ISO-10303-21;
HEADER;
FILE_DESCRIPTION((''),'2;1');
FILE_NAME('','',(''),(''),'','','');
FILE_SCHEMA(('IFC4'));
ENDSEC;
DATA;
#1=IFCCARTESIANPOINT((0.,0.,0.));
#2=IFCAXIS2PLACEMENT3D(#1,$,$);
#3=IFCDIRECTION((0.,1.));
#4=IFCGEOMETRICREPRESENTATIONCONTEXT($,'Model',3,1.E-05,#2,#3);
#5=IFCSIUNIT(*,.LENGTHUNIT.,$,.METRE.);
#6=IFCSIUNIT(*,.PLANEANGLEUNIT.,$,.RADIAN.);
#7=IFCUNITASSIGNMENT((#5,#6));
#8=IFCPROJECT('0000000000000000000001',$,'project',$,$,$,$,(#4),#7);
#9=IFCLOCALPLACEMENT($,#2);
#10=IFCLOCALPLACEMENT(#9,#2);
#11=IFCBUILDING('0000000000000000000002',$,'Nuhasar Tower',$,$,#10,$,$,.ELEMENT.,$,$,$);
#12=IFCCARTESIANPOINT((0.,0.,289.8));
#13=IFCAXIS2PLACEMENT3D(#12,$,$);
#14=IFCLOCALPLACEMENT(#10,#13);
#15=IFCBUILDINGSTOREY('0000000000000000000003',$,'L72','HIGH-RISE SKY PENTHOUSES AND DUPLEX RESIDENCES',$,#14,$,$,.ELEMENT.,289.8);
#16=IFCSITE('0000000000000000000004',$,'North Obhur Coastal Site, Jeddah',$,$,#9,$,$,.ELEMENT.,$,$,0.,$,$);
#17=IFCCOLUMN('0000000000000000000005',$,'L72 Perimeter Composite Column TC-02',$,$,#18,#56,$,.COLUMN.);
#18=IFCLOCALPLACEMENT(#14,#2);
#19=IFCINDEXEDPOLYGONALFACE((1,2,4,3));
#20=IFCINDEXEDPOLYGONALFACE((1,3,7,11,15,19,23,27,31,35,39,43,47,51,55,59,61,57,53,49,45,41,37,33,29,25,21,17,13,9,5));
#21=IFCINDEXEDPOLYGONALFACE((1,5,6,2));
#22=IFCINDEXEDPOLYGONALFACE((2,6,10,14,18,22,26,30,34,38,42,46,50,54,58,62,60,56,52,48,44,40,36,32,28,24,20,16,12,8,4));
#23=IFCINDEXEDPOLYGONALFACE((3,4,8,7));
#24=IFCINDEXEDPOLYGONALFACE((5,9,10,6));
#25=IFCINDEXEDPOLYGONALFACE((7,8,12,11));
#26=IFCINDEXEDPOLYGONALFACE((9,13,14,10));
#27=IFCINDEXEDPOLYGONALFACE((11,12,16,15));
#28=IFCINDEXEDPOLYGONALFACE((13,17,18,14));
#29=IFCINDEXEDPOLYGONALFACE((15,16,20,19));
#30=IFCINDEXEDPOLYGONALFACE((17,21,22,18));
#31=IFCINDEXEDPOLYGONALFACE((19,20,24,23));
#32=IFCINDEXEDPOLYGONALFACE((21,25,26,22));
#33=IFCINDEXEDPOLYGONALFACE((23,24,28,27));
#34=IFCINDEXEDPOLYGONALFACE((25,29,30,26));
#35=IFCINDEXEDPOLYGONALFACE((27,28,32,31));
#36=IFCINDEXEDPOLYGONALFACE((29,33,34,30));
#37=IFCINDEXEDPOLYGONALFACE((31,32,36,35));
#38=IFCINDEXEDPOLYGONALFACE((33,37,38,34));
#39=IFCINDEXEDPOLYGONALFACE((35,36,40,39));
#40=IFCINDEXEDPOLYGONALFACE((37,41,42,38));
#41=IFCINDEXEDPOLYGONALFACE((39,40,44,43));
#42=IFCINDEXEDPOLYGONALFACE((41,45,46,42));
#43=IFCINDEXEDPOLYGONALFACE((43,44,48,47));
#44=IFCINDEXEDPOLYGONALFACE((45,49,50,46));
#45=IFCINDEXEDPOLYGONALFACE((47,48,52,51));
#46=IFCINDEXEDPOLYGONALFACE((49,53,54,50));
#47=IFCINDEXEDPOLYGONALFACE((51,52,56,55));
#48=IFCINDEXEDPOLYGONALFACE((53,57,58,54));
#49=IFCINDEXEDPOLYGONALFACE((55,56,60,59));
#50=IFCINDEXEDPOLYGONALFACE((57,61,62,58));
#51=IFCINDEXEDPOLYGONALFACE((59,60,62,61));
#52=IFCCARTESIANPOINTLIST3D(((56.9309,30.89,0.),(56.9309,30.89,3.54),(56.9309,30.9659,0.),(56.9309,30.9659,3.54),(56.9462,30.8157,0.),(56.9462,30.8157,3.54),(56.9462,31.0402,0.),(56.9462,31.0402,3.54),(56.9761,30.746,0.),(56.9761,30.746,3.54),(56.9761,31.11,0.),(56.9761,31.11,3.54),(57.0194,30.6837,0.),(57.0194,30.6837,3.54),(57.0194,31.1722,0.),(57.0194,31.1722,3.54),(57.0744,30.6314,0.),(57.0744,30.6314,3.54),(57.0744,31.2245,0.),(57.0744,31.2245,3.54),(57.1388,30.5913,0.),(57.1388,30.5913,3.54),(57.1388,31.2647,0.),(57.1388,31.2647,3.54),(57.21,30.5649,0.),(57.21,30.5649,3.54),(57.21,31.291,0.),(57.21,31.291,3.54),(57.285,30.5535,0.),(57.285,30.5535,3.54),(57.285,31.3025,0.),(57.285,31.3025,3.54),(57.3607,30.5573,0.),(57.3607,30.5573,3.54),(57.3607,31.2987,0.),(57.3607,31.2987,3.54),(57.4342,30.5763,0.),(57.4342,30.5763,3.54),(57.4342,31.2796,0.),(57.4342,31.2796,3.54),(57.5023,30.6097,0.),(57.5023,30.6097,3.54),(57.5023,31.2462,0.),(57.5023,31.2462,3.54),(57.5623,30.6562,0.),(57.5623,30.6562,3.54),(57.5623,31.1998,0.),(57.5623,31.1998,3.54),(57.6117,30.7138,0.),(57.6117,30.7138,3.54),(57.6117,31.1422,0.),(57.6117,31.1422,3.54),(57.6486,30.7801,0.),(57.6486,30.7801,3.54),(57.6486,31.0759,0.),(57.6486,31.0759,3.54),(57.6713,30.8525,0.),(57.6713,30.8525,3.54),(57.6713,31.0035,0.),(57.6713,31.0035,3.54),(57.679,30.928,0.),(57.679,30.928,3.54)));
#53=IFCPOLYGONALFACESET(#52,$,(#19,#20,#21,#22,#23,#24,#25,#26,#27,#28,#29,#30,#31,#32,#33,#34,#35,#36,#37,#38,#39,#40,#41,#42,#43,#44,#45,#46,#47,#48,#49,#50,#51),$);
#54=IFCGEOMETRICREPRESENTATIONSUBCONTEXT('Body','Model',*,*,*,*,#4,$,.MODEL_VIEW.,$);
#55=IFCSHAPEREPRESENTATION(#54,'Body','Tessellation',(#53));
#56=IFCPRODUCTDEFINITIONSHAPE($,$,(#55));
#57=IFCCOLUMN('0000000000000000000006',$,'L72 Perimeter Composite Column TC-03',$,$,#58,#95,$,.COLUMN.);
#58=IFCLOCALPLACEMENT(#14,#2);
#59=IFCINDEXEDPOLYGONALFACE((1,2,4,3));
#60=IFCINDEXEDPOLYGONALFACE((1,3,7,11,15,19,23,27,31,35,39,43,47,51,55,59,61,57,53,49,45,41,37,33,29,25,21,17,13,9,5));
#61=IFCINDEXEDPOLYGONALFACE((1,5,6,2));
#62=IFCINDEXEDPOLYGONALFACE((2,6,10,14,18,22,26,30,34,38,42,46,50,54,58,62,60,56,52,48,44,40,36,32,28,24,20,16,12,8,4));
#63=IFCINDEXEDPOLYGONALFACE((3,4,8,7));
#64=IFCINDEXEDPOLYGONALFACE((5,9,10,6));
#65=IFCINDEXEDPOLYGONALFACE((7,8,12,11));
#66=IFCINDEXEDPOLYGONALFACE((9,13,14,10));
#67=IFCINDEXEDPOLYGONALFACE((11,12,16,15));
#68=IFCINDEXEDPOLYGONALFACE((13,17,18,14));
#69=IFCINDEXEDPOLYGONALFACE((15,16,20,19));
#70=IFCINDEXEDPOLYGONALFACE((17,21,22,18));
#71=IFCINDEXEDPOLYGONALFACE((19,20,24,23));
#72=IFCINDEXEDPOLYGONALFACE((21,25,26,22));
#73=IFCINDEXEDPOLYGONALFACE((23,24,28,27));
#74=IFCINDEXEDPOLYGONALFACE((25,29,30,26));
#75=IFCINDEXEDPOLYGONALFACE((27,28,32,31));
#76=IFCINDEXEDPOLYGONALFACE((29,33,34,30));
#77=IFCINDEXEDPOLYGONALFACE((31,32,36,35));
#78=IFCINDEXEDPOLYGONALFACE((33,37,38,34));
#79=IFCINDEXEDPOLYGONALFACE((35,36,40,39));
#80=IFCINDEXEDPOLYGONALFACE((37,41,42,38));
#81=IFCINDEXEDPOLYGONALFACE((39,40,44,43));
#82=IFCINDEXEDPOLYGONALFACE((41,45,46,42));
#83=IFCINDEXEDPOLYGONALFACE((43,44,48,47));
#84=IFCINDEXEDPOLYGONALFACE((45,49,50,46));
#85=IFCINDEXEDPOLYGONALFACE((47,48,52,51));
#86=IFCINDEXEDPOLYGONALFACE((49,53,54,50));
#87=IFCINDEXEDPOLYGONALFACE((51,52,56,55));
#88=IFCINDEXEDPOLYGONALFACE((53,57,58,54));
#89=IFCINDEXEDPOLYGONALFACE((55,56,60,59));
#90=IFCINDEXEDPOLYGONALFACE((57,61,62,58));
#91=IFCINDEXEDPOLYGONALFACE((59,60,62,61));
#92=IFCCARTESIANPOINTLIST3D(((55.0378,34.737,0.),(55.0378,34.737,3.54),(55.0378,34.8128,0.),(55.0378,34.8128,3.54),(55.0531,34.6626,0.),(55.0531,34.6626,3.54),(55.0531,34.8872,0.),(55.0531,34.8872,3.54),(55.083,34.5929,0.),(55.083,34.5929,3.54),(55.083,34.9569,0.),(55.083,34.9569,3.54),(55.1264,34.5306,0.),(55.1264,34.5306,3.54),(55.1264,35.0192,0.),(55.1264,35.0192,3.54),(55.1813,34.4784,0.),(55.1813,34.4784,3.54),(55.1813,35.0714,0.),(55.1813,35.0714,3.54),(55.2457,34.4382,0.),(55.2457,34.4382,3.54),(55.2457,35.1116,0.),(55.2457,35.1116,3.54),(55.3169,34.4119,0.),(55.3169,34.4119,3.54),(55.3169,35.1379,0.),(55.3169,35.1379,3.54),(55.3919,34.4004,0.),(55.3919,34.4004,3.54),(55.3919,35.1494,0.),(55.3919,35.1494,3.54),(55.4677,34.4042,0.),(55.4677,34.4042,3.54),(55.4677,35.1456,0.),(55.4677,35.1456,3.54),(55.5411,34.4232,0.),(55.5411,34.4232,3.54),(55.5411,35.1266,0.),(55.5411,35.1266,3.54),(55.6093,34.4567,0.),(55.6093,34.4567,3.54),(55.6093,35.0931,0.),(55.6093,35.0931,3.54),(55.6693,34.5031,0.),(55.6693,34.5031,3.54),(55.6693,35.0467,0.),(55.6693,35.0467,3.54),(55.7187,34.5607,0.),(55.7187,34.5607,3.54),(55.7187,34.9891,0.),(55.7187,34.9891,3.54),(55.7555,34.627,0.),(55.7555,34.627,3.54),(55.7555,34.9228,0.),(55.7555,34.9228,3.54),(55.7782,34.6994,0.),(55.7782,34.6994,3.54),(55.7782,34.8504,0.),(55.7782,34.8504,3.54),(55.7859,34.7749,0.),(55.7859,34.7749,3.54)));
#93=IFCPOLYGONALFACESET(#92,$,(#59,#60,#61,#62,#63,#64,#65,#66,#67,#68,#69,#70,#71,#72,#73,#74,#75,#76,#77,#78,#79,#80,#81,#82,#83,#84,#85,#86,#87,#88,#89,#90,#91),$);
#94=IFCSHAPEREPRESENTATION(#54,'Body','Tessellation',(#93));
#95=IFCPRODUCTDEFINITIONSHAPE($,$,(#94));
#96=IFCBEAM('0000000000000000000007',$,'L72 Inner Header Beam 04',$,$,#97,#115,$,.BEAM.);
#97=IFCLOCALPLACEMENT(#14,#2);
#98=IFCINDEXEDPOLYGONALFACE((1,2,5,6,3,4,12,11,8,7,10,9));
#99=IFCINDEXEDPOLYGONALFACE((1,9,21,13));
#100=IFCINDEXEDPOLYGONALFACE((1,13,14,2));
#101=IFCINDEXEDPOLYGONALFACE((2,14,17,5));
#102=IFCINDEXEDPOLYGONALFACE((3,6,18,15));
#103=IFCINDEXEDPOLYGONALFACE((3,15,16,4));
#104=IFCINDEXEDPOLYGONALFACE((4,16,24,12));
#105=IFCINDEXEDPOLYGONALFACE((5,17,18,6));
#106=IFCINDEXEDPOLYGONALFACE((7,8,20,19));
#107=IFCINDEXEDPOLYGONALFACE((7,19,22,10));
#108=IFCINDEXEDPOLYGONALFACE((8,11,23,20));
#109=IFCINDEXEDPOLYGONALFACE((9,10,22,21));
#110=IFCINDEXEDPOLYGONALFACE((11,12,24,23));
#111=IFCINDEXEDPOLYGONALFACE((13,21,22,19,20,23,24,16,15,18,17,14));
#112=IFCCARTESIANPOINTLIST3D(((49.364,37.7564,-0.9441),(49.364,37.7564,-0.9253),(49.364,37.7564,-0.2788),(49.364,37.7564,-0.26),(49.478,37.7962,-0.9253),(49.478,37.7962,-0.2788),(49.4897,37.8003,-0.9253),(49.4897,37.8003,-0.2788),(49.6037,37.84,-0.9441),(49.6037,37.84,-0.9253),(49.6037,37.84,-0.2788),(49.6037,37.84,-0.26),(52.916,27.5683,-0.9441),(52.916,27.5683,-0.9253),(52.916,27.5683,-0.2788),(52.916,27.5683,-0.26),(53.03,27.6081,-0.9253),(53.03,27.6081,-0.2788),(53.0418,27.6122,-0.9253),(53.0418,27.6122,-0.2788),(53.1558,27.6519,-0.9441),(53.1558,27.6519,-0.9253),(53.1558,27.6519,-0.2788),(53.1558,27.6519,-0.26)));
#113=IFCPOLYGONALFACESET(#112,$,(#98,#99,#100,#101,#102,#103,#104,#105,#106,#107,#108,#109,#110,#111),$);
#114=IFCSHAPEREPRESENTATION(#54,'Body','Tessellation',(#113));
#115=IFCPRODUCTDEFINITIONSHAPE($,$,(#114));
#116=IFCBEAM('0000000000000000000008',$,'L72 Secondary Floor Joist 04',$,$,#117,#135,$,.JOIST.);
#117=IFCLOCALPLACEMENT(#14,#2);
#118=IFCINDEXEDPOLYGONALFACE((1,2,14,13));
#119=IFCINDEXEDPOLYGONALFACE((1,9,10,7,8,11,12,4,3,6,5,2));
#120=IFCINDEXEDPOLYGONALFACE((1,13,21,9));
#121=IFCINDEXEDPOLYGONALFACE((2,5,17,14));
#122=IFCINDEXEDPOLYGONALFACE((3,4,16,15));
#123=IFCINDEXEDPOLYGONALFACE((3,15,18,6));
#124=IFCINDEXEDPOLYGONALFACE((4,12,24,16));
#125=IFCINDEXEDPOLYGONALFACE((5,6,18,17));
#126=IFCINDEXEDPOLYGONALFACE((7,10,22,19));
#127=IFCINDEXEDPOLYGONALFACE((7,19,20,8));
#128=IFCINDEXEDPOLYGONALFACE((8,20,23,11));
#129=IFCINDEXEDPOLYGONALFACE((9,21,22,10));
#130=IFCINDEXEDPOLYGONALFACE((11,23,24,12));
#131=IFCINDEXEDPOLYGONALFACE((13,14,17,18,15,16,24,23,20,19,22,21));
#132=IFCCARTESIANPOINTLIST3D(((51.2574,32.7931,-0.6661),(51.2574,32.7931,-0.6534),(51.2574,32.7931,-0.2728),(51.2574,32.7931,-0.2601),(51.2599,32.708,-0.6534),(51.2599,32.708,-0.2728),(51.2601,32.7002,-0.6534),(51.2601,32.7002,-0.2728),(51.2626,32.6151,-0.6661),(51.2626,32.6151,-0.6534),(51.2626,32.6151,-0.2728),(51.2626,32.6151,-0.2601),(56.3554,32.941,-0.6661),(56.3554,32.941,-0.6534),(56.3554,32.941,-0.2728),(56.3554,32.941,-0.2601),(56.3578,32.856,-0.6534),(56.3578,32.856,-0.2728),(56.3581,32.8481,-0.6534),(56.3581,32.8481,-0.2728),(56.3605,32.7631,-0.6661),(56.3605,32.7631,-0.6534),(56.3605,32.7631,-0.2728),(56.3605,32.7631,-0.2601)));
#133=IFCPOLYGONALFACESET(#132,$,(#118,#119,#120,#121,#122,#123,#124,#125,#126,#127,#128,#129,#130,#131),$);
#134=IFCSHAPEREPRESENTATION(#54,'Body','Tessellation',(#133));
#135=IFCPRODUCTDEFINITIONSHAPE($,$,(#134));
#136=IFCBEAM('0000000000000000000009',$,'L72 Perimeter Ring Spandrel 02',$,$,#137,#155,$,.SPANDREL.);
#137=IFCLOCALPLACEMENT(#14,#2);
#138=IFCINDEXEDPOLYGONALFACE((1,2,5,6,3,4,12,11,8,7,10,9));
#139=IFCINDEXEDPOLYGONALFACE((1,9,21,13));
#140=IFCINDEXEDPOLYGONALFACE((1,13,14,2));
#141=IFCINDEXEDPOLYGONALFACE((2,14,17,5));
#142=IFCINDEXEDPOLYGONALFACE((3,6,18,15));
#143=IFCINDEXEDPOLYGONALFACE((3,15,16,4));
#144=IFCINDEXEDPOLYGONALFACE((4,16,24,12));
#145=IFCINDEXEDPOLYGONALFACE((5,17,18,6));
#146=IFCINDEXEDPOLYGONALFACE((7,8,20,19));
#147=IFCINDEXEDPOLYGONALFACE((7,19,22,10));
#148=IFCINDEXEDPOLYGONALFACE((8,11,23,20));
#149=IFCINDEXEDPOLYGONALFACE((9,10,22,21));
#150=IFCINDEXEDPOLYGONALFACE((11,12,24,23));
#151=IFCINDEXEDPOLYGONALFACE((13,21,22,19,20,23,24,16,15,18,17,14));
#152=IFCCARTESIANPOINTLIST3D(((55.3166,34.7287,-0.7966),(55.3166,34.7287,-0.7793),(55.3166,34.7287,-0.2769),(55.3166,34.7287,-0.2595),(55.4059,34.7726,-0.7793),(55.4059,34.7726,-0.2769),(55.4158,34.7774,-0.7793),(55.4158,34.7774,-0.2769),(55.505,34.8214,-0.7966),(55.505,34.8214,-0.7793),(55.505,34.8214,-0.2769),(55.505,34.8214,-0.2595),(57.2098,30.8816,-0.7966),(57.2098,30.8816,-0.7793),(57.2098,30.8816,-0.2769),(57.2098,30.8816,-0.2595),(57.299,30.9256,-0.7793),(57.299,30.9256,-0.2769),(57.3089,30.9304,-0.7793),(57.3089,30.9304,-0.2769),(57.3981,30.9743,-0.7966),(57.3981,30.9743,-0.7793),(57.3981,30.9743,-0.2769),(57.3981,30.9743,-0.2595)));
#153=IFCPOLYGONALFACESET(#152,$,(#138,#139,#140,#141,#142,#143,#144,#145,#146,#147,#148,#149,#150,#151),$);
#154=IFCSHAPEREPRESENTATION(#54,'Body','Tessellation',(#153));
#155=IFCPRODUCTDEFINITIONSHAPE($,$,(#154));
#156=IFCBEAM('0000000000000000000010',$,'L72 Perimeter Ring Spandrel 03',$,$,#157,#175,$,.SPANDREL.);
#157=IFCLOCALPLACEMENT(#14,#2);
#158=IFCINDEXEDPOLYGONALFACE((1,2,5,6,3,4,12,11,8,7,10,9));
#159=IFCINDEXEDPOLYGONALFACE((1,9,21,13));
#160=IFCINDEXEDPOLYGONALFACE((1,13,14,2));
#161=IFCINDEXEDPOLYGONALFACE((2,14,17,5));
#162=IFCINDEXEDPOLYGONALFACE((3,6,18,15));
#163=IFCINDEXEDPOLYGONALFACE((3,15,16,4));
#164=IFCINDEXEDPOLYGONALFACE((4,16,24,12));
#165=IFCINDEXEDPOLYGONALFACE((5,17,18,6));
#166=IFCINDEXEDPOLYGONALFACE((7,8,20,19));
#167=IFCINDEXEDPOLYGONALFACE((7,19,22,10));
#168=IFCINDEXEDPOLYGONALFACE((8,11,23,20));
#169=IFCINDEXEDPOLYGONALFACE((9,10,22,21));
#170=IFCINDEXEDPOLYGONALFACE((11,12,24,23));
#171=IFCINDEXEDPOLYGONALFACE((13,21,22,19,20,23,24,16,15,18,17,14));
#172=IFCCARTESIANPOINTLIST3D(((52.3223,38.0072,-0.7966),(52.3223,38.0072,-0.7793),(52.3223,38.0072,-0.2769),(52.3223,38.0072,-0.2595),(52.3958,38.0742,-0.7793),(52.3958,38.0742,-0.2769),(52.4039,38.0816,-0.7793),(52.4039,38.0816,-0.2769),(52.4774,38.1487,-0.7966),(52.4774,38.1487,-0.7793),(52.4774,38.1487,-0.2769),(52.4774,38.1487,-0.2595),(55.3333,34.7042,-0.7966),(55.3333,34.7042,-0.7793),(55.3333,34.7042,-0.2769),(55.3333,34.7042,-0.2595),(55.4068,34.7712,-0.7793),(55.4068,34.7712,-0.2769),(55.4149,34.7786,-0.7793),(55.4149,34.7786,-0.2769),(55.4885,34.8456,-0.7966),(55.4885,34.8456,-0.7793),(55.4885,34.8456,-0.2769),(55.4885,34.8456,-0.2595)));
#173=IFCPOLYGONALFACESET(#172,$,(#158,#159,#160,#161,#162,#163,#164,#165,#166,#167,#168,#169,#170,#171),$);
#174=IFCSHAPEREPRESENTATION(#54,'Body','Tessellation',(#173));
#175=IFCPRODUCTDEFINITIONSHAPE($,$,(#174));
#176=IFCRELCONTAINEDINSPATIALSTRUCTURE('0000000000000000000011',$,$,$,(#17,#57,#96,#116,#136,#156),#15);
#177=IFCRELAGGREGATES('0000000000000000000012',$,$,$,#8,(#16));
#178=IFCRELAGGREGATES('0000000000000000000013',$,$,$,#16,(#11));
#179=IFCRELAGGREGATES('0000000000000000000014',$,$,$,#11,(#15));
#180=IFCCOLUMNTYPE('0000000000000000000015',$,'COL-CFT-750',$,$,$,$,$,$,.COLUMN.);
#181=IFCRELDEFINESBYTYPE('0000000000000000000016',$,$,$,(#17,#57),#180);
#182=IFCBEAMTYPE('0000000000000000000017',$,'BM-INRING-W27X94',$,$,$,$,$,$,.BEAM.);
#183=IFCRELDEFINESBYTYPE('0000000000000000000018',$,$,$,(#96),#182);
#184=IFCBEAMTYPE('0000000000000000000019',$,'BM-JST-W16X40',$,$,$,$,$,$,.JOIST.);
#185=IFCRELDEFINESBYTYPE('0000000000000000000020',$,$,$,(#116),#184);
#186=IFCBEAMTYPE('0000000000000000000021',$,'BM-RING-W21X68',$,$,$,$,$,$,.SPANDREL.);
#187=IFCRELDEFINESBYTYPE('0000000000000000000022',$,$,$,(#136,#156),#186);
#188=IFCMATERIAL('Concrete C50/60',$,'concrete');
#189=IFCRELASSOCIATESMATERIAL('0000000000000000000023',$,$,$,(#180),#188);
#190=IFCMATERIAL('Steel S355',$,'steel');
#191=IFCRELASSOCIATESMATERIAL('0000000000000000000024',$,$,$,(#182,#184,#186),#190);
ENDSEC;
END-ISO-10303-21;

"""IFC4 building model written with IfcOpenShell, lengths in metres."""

from ifc_helpers import new_model, si_unit, direction, frame, origin, origin_2d, place, context, subcontext, project, spatial, circle, i_section, extrude, material, material_profile, profile_set, type_object, element, save


model = new_model("IFC4")

# Units and contexts
model_context = context("Model", 3, precision=1e-05, world=origin(), true_north=direction((0.0, 1.0)))
body_context = subcontext(model_context, "Body", "Model", "MODEL_VIEW")
ifc_project = project(units=[si_unit("LENGTHUNIT", "METRE"), si_unit("PLANEANGLEUNIT", "RADIAN")], contexts=[model_context])

# Site, building, storey
site_placement = place(None, origin())
site = spatial("IfcSite", under=ifc_project, at=site_placement, Name="North Obhur Coastal Site, Jeddah", CompositionType="ELEMENT", RefElevation=0.0)
building_placement = place(site_placement, origin())
building = spatial("IfcBuilding", under=site, at=building_placement, Name="Nuhasar Tower", CompositionType="ELEMENT")
storey_placement = place(building_placement, frame((0.0, 0.0, 289.8)))
storey = spatial("IfcBuildingStorey", under=building, at=storey_placement, Name="L72", Description="HIGH-RISE SKY PENTHOUSES AND DUPLEX RESIDENCES", CompositionType="ELEMENT", Elevation=289.8)

# Columns
ifc_material_1 = material(Name="Concrete C50/60", Category="concrete")
ifc_material_profile_1 = material_profile(ifc_material_1, circle(Radius=0.375, at=origin_2d()), Name="CFT750")
ifc_profile_set_1 = profile_set([ifc_material_profile_1], Name="Concrete C50/60")
column_type = type_object("IfcColumnType", Name="COL-CFT-750", PredefinedType="COLUMN", material=ifc_profile_set_1)
for number, where, z_axis, x_axis, name in (
    (1, (57.304, 30.928, 0.0), (0.0, 0.0, 1.0), (1.0, 0.0, 0.0), "L72 Perimeter Composite Column TC-02"),
    (2, (55.4109, 34.7749, 0.0), (0.0, 0.0, 1.0), (1.0, 0.0, 0.0), "L72 Perimeter Composite Column TC-03"),
):
    element("IfcColumn", number, at=place(storey_placement, frame(where, z_axis=z_axis, x_axis=x_axis)), inside=storey, type_object=column_type, Name=name, PredefinedType="COLUMN", context=body_context, shape_type="SweptSolid", body=[
        extrude(circle(Radius=0.375, at=origin_2d()), origin(), (0.0, 0.0, 1.0), 3.54),
    ])

# Beams
ifc_material_2 = material(Name="Steel S355", Category="steel")
ifc_material_profile_2 = material_profile(ifc_material_2, i_section(OverallWidth=0.2539, OverallDepth=0.6841, WebThickness=0.0125, FlangeThickness=0.0188, at=origin_2d()), Name="W27X94")
ifc_profile_set_2 = profile_set([ifc_material_profile_2], Name="Steel S355")
beam_type_1 = type_object("IfcBeamType", Name="BM-INRING-W27X94", PredefinedType="BEAM", material=ifc_profile_set_2)
beam_1_placement = place(storey_placement, frame((53.0359, 27.6101, -0.6021), z_axis=(-0.329211, 0.944256, 0.0), x_axis=(-0.944256, -0.329211, 0.0)))
element("IfcBeam", 3, at=beam_1_placement, inside=storey, type_object=beam_type_1, Name="L72 Inner Header Beam 04", PredefinedType="BEAM", context=body_context, shape_type="SweptSolid", body=[
    extrude(i_section(OverallWidth=0.2539, OverallDepth=0.6841, WebThickness=0.0125, FlangeThickness=0.0188, at=origin_2d()), origin(), (0.0, 0.0, 1.0), 10.7896),
])
ifc_material_profile_3 = material_profile(ifc_material_2, i_section(OverallWidth=0.178, OverallDepth=0.406, WebThickness=0.0078, FlangeThickness=0.0127, at=origin_2d()), Name="W16X40")
ifc_profile_set_3 = profile_set([ifc_material_profile_3], Name="Steel S355")
beam_type_2 = type_object("IfcBeamType", Name="BM-JST-W16X40", PredefinedType="JOIST", material=ifc_profile_set_3)
beam_2_placement = place(storey_placement, frame((51.26, 32.7041, -0.4631), z_axis=(0.999579, 0.029009, 0.0), x_axis=(-0.029009, 0.999579, 0.0)))
element("IfcBeam", 4, at=beam_2_placement, inside=storey, type_object=beam_type_2, Name="L72 Secondary Floor Joist 04", PredefinedType="JOIST", context=body_context, shape_type="SweptSolid", body=[
    extrude(i_section(OverallWidth=0.178, OverallDepth=0.406, WebThickness=0.0078, FlangeThickness=0.0127, at=origin_2d()), origin(), (0.0, 0.0, 1.0), 5.1001),
])
ifc_material_profile_4 = material_profile(ifc_material_2, i_section(OverallWidth=0.21, OverallDepth=0.5371, WebThickness=0.011, FlangeThickness=0.0173, at=origin_2d()), Name="W21X68")
ifc_profile_set_4 = profile_set([ifc_material_profile_4], Name="Steel S355")
beam_type_3 = type_object("IfcBeamType", Name="BM-RING-W21X68", PredefinedType="SPANDREL", material=ifc_profile_set_4)
beam_3_placement = place(storey_placement, frame((57.304, 30.928, -0.5281), z_axis=(-0.441533, 0.897245, 0.0), x_axis=(-0.897245, -0.441533, 0.0)))
element("IfcBeam", 5, at=beam_3_placement, inside=storey, type_object=beam_type_3, Name="L72 Perimeter Ring Spandrel 02", PredefinedType="SPANDREL", context=body_context, shape_type="SweptSolid", body=[
    extrude(i_section(OverallWidth=0.21, OverallDepth=0.5371, WebThickness=0.011, FlangeThickness=0.0173, at=origin_2d()), origin(), (0.0, 0.0, 1.0), 4.2876),
])
beam_4_placement = place(storey_placement, frame((55.4109, 34.7749, -0.5281), z_axis=(-0.673686, 0.739017, 0.0), x_axis=(-0.739017, -0.673686, 0.0)))
element("IfcBeam", 6, at=beam_4_placement, inside=storey, type_object=beam_type_3, Name="L72 Perimeter Ring Spandrel 03", PredefinedType="SPANDREL", context=body_context, shape_type="SweptSolid", body=[
    extrude(i_section(OverallWidth=0.21, OverallDepth=0.5371, WebThickness=0.011, FlangeThickness=0.0173, at=origin_2d()), origin(), (0.0, 0.0, 1.0), 4.4695),
])

save(model, "model.ifc")
